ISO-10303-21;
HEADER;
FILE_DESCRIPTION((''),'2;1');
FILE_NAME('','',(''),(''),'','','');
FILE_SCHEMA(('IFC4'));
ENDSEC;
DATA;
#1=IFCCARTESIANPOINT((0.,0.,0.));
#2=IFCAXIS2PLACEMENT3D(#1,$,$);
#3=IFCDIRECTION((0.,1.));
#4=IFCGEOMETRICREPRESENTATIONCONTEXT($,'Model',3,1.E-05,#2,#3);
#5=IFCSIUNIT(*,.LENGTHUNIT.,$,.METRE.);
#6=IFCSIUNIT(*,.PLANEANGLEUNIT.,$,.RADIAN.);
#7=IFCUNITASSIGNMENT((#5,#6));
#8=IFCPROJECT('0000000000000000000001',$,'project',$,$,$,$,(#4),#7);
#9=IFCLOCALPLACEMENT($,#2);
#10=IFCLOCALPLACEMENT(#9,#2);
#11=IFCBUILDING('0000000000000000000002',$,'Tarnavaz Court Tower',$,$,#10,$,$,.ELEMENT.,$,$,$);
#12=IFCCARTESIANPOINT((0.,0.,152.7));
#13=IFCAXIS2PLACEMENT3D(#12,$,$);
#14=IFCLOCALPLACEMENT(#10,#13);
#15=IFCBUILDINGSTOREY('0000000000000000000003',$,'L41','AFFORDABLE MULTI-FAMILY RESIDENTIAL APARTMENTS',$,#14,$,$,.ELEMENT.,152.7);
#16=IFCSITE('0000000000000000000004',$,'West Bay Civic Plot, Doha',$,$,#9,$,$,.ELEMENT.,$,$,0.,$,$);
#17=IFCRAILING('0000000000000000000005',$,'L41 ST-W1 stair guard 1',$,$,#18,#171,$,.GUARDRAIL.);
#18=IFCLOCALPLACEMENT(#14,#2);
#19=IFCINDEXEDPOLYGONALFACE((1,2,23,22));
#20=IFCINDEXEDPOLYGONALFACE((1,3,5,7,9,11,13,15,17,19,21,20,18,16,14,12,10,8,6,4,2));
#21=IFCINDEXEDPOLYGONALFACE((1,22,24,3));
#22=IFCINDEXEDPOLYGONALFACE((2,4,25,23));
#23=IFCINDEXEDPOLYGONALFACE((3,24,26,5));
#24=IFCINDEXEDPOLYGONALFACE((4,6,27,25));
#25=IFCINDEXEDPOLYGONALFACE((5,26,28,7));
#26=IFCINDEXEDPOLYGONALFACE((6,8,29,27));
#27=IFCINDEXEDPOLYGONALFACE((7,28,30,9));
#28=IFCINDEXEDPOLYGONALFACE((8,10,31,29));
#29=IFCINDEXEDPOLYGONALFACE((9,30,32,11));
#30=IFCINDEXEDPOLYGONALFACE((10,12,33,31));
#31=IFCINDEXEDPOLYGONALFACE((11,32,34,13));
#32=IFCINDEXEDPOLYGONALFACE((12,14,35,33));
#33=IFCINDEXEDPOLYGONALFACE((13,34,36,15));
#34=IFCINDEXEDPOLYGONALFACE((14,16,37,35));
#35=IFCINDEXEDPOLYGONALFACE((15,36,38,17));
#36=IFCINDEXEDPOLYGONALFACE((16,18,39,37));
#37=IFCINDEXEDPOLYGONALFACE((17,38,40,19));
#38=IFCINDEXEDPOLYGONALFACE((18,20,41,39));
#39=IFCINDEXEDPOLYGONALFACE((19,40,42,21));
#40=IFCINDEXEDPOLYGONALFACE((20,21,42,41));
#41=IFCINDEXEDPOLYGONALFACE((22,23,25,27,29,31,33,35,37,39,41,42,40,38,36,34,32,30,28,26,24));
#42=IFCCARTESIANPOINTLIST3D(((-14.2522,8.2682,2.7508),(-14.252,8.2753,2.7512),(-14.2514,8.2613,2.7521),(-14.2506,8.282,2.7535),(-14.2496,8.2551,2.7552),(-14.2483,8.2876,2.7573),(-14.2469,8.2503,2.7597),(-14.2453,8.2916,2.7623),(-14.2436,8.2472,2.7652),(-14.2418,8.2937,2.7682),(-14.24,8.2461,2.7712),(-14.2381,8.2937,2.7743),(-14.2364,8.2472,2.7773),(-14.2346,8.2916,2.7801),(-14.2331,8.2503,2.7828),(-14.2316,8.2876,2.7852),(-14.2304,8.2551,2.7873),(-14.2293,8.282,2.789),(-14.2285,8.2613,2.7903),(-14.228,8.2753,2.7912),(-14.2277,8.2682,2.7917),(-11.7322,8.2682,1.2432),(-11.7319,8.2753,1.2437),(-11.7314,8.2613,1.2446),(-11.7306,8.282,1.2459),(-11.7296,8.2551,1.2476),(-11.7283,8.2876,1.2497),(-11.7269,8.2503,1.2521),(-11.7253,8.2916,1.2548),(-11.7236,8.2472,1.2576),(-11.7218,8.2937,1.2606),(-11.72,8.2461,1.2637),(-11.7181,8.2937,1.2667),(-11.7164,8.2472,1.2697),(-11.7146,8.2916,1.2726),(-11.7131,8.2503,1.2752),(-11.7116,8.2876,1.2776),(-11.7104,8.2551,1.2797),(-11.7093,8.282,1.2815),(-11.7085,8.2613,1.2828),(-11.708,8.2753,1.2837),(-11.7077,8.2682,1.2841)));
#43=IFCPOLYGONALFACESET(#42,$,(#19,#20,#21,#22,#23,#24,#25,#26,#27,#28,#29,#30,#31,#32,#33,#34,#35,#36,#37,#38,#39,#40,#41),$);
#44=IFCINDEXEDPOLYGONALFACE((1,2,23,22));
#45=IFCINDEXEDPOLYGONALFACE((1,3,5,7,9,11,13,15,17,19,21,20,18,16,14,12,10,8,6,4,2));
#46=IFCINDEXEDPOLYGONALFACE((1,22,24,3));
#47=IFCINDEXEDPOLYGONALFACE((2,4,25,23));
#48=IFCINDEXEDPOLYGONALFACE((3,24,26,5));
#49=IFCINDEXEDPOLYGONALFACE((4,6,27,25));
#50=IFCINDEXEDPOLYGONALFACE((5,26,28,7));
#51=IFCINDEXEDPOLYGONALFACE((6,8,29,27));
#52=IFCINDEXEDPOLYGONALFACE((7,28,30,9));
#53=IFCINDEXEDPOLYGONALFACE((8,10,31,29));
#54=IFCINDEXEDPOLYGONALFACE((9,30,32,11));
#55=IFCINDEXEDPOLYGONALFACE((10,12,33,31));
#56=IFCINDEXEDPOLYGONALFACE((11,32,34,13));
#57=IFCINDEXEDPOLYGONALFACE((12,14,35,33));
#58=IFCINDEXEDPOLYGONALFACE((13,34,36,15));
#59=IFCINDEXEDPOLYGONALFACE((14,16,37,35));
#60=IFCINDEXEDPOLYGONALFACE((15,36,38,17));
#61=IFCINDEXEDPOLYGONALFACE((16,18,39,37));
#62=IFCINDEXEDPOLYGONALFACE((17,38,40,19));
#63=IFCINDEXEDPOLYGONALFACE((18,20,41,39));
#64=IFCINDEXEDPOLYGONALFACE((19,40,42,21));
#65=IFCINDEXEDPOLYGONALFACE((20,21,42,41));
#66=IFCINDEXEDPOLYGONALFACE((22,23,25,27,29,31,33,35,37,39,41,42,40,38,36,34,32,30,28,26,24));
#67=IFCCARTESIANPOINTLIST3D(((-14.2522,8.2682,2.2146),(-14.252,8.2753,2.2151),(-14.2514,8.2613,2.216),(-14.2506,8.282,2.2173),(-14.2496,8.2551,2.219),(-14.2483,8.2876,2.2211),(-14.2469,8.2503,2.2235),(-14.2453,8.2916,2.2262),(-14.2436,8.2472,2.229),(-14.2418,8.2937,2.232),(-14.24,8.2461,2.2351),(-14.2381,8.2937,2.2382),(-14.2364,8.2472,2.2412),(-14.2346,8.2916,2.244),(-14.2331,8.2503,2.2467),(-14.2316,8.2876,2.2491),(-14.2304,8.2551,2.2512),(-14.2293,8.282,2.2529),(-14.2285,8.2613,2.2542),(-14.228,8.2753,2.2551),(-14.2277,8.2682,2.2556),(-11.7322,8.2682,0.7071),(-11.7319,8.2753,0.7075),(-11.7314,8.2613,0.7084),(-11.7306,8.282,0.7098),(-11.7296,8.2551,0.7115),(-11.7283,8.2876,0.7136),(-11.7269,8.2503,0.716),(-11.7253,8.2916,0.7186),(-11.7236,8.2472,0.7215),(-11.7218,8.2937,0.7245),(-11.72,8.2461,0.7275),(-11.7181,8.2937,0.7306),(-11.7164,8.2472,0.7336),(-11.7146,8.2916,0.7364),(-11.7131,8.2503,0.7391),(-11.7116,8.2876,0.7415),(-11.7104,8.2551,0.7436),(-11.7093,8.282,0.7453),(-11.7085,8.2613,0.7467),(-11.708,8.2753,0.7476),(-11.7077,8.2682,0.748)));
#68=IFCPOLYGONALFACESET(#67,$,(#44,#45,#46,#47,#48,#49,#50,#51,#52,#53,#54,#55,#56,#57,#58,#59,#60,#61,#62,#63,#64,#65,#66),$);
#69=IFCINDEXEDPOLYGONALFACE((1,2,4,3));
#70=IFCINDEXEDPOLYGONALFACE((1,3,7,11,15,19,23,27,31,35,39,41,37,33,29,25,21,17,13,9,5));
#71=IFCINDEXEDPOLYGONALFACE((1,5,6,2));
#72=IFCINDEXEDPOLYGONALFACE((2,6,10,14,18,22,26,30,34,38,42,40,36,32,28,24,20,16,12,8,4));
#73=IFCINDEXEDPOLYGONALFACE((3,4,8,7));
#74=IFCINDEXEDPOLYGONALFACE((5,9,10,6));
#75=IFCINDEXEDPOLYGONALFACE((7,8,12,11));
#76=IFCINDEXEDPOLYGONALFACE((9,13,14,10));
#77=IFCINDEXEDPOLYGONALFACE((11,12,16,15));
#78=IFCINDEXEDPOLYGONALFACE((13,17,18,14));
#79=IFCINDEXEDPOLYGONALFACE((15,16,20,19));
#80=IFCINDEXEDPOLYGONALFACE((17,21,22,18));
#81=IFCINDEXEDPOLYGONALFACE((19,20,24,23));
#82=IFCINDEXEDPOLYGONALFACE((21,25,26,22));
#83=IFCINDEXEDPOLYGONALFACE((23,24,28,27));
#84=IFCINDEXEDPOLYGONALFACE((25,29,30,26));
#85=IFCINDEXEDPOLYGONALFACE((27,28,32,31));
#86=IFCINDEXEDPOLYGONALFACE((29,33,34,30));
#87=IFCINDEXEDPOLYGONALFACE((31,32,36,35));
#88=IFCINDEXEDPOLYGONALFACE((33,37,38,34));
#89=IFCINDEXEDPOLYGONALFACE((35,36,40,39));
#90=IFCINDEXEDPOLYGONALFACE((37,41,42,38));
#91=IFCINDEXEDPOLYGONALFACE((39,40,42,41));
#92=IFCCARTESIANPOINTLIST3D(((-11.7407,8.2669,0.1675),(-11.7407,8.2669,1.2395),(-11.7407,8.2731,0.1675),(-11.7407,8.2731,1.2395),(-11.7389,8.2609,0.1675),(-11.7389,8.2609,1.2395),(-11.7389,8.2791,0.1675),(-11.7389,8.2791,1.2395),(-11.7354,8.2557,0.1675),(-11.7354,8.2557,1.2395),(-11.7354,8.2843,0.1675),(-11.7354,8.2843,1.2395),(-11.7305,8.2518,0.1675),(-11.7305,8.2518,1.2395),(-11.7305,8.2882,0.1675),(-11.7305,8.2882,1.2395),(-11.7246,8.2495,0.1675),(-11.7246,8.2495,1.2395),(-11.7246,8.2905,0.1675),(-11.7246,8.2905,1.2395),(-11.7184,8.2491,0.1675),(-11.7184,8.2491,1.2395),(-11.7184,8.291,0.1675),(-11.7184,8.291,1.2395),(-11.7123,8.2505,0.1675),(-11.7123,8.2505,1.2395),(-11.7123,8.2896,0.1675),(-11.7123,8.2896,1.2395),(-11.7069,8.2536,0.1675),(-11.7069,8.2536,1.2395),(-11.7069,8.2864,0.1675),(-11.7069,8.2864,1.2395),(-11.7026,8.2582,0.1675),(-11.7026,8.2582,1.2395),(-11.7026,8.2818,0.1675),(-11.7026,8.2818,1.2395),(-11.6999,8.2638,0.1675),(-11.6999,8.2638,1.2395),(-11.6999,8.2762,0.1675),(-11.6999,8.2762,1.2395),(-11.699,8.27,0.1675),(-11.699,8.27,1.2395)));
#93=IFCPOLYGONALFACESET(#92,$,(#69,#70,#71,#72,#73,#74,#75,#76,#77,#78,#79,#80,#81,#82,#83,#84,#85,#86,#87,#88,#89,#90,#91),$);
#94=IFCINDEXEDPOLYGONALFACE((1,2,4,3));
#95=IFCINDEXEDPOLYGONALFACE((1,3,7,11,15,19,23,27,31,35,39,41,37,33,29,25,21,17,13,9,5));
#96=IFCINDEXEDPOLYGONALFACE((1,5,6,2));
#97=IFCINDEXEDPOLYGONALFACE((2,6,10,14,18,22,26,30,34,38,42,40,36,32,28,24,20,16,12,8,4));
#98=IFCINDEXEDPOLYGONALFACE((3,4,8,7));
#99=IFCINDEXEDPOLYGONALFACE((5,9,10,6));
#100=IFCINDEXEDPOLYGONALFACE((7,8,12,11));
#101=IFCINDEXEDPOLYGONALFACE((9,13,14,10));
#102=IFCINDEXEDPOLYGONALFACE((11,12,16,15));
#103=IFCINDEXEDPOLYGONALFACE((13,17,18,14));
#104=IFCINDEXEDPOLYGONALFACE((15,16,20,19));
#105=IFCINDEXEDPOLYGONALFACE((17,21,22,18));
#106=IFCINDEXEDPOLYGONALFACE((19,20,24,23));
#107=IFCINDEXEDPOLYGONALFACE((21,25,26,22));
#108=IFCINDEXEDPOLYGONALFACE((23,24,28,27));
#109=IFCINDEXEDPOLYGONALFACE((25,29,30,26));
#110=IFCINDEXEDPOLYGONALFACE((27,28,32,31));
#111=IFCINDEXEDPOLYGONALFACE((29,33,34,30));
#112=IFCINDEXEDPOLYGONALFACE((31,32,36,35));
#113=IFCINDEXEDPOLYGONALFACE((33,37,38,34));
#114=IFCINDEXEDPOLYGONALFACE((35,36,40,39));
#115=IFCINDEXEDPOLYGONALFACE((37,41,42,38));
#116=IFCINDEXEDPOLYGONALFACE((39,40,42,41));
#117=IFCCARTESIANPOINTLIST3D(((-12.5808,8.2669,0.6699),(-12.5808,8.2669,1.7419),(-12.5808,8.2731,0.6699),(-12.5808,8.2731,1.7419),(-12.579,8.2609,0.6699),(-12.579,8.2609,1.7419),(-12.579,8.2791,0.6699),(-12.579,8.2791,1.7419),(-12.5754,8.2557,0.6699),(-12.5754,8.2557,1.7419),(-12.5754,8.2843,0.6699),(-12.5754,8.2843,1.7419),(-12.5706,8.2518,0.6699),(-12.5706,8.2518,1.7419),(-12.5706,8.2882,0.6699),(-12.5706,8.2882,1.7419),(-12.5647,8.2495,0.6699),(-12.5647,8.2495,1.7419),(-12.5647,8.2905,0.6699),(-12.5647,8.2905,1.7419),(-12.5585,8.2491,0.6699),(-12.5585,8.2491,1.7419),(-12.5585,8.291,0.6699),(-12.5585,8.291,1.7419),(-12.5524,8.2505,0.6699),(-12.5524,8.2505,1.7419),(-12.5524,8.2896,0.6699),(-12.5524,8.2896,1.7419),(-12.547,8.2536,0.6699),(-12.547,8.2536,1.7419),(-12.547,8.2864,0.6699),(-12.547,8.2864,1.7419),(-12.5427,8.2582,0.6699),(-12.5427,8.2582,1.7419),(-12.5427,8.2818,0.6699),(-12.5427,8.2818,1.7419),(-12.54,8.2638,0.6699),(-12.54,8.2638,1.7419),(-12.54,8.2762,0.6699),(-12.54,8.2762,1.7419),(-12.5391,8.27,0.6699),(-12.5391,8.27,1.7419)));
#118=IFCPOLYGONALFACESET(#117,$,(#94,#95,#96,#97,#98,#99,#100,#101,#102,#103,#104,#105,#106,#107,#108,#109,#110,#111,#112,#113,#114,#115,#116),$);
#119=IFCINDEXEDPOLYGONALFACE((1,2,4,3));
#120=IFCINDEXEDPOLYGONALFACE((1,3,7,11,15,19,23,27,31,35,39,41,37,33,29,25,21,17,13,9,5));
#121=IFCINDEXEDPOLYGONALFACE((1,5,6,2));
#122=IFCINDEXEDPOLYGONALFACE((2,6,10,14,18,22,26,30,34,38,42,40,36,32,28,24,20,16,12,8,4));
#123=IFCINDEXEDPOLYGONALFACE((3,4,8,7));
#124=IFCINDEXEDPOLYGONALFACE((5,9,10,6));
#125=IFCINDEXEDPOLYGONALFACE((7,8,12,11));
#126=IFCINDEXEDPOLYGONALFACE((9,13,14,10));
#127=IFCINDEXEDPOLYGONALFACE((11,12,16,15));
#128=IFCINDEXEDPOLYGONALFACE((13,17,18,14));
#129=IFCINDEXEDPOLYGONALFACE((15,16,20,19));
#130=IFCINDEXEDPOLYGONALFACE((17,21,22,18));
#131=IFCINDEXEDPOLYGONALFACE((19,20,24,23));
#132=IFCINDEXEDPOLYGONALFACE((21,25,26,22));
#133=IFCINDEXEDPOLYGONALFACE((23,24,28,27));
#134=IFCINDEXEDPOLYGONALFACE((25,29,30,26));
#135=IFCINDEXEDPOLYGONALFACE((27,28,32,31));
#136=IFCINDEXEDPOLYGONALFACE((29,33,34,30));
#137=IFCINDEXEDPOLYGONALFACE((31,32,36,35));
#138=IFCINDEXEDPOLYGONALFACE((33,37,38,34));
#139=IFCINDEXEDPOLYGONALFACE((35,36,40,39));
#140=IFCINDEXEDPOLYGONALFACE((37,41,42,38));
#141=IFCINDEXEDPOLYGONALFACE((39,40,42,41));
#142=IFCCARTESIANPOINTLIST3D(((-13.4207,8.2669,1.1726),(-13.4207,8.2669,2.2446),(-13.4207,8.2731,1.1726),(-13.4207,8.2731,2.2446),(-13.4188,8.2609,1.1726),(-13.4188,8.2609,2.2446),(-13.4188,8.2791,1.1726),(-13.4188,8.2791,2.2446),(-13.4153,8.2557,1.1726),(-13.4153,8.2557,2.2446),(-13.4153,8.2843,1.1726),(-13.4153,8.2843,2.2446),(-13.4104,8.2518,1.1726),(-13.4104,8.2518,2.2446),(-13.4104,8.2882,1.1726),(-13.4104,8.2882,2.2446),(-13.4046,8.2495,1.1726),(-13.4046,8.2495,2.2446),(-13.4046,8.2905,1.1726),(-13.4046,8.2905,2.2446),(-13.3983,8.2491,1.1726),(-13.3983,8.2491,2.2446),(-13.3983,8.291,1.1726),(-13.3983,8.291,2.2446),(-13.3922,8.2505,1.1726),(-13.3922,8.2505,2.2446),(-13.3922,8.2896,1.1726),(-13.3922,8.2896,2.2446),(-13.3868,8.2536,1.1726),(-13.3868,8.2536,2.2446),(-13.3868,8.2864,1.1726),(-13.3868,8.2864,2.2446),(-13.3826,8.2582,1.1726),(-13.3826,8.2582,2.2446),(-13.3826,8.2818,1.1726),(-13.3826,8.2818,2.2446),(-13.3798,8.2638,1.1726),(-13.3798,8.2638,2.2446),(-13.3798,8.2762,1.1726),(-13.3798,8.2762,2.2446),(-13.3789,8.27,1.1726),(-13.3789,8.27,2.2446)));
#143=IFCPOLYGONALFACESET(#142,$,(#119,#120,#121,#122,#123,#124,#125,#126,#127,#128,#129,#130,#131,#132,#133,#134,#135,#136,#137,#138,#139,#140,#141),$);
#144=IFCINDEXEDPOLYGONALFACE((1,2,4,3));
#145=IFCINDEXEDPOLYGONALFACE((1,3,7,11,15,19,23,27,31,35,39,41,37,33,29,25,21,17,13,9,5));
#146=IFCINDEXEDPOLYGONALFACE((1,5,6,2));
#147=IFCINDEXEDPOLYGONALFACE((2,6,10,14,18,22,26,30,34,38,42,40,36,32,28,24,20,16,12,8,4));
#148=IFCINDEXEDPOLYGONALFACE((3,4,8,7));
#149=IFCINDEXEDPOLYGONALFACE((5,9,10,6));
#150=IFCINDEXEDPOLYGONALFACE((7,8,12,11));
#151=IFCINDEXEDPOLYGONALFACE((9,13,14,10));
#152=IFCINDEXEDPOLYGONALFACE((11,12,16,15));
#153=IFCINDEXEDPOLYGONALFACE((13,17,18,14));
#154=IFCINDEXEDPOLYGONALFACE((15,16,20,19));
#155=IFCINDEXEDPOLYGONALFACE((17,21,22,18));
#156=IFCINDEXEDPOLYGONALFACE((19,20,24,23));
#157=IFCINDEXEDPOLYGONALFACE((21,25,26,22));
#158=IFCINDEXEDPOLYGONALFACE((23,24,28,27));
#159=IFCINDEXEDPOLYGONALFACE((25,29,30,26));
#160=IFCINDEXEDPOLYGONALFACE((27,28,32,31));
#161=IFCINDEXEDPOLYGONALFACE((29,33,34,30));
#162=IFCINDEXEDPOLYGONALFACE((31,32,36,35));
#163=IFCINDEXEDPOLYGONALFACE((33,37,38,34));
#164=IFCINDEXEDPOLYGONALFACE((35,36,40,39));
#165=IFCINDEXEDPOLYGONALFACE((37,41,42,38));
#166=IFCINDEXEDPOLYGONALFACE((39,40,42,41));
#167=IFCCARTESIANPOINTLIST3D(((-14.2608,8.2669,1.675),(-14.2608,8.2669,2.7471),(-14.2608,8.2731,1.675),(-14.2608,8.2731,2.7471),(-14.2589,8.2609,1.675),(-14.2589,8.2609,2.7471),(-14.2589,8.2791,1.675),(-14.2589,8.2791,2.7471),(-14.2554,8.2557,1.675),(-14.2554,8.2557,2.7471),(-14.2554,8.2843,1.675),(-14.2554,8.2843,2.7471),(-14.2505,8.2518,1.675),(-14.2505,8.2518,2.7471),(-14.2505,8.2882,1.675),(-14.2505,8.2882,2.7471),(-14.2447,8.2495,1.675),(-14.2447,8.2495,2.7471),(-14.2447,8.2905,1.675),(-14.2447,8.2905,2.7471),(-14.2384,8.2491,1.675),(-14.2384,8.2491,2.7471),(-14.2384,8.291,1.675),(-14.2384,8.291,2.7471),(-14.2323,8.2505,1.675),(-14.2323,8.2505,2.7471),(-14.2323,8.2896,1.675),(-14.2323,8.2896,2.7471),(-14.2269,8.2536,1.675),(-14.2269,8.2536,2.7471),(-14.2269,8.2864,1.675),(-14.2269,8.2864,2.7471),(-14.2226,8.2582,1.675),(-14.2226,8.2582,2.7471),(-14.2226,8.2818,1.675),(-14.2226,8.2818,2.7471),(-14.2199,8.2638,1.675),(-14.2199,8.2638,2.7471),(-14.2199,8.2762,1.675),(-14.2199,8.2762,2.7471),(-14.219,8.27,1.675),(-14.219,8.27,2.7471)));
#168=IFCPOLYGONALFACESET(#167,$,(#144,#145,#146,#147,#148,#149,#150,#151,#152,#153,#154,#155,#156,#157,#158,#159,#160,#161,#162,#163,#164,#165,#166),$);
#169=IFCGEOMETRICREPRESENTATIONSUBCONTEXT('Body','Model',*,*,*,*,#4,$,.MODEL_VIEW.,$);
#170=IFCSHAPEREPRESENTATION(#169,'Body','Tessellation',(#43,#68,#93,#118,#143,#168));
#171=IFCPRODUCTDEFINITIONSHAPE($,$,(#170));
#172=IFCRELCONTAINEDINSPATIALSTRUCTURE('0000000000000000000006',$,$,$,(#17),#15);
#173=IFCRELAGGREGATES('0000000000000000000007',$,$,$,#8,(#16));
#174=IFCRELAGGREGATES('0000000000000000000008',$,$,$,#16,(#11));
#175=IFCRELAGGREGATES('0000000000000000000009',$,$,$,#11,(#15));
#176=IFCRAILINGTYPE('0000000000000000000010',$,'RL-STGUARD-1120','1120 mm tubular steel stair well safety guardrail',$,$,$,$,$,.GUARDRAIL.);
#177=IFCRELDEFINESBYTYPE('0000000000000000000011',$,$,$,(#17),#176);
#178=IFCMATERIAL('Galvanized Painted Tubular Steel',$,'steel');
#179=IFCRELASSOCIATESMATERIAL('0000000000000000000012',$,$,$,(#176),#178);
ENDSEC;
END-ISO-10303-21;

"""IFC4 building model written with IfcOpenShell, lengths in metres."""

from ifc_helpers import new_model, si_unit, direction, frame, origin, origin_2d, place, context, subcontext, project, spatial, circle, extrude, material, type_object, element, save


model = new_model("IFC4")

# Units and contexts
model_context = context("Model", 3, precision=1e-05, world=origin(), true_north=direction((0.0, 1.0)))
body_context = subcontext(model_context, "Body", "Model", "MODEL_VIEW")
ifc_project = project(units=[si_unit("LENGTHUNIT", "METRE"), si_unit("PLANEANGLEUNIT", "RADIAN")], contexts=[model_context])

# Site, building, storey
site_placement = place(None, origin())
site = spatial("IfcSite", under=ifc_project, at=site_placement, Name="West Bay Civic Plot, Doha", CompositionType="ELEMENT", RefElevation=0.0)
building_placement = place(site_placement, origin())
building = spatial("IfcBuilding", under=site, at=building_placement, Name="Tarnavaz Court Tower", CompositionType="ELEMENT")
storey_placement = place(building_placement, frame((0.0, 0.0, 152.7)))
storey = spatial("IfcBuildingStorey", under=building, at=storey_placement, Name="L41", Description="AFFORDABLE MULTI-FAMILY RESIDENTIAL APARTMENTS", CompositionType="ELEMENT", Elevation=152.7)

# Railing
ifc_material_1 = material(Name="Galvanized Painted Tubular Steel", Category="steel")
railing_type_1 = type_object("IfcRailingType", Name="RL-STGUARD-1120", Description="1120 mm tubular steel stair well safety guardrail", PredefinedType="GUARDRAIL", material=ifc_material_1)
railing_1_placement = place(storey_placement, frame((-11.72, 8.27, 0.1675)))
element("IfcRailing", 1, at=railing_1_placement, inside=storey, type_object=railing_type_1, Name="L41 ST-W1 stair guard 1", PredefinedType="GUARDRAIL", context=body_context, shape_type="SweptSolid", body=[
    extrude(circle(Radius=0.0239, at=origin_2d()), frame((0.0, 0.0, 1.0962), z_axis=(-0.85816, 0.0, 0.513383), x_axis=(0.0, -1.0, 0.0)), (0.0, 0.0, 1.0), 2.9365),
    extrude(circle(Radius=0.0239, at=origin_2d()), frame((0.0, 0.0, 0.5601), z_axis=(-0.85816, 0.0, 0.513383), x_axis=(0.0, -1.0, 0.0)), (0.0, 0.0, 1.0), 2.9365),
    extrude(circle(Radius=0.021, at=origin_2d()), origin(), (0.0, 0.0, 1.0), 1.072),
    extrude(circle(Radius=0.021, at=origin_2d()), frame((-0.8401, 0.0, 0.5024)), (0.0, 0.0, 1.0), 1.072),
    extrude(circle(Radius=0.021, at=origin_2d()), frame((-1.6799, 0.0, 1.0051)), (0.0, 0.0, 1.0), 1.072),
    extrude(circle(Radius=0.021, at=origin_2d()), frame((-2.52, 0.0, 1.5076)), (0.0, 0.0, 1.0), 1.072),
])

save(model, "model.ifc")
